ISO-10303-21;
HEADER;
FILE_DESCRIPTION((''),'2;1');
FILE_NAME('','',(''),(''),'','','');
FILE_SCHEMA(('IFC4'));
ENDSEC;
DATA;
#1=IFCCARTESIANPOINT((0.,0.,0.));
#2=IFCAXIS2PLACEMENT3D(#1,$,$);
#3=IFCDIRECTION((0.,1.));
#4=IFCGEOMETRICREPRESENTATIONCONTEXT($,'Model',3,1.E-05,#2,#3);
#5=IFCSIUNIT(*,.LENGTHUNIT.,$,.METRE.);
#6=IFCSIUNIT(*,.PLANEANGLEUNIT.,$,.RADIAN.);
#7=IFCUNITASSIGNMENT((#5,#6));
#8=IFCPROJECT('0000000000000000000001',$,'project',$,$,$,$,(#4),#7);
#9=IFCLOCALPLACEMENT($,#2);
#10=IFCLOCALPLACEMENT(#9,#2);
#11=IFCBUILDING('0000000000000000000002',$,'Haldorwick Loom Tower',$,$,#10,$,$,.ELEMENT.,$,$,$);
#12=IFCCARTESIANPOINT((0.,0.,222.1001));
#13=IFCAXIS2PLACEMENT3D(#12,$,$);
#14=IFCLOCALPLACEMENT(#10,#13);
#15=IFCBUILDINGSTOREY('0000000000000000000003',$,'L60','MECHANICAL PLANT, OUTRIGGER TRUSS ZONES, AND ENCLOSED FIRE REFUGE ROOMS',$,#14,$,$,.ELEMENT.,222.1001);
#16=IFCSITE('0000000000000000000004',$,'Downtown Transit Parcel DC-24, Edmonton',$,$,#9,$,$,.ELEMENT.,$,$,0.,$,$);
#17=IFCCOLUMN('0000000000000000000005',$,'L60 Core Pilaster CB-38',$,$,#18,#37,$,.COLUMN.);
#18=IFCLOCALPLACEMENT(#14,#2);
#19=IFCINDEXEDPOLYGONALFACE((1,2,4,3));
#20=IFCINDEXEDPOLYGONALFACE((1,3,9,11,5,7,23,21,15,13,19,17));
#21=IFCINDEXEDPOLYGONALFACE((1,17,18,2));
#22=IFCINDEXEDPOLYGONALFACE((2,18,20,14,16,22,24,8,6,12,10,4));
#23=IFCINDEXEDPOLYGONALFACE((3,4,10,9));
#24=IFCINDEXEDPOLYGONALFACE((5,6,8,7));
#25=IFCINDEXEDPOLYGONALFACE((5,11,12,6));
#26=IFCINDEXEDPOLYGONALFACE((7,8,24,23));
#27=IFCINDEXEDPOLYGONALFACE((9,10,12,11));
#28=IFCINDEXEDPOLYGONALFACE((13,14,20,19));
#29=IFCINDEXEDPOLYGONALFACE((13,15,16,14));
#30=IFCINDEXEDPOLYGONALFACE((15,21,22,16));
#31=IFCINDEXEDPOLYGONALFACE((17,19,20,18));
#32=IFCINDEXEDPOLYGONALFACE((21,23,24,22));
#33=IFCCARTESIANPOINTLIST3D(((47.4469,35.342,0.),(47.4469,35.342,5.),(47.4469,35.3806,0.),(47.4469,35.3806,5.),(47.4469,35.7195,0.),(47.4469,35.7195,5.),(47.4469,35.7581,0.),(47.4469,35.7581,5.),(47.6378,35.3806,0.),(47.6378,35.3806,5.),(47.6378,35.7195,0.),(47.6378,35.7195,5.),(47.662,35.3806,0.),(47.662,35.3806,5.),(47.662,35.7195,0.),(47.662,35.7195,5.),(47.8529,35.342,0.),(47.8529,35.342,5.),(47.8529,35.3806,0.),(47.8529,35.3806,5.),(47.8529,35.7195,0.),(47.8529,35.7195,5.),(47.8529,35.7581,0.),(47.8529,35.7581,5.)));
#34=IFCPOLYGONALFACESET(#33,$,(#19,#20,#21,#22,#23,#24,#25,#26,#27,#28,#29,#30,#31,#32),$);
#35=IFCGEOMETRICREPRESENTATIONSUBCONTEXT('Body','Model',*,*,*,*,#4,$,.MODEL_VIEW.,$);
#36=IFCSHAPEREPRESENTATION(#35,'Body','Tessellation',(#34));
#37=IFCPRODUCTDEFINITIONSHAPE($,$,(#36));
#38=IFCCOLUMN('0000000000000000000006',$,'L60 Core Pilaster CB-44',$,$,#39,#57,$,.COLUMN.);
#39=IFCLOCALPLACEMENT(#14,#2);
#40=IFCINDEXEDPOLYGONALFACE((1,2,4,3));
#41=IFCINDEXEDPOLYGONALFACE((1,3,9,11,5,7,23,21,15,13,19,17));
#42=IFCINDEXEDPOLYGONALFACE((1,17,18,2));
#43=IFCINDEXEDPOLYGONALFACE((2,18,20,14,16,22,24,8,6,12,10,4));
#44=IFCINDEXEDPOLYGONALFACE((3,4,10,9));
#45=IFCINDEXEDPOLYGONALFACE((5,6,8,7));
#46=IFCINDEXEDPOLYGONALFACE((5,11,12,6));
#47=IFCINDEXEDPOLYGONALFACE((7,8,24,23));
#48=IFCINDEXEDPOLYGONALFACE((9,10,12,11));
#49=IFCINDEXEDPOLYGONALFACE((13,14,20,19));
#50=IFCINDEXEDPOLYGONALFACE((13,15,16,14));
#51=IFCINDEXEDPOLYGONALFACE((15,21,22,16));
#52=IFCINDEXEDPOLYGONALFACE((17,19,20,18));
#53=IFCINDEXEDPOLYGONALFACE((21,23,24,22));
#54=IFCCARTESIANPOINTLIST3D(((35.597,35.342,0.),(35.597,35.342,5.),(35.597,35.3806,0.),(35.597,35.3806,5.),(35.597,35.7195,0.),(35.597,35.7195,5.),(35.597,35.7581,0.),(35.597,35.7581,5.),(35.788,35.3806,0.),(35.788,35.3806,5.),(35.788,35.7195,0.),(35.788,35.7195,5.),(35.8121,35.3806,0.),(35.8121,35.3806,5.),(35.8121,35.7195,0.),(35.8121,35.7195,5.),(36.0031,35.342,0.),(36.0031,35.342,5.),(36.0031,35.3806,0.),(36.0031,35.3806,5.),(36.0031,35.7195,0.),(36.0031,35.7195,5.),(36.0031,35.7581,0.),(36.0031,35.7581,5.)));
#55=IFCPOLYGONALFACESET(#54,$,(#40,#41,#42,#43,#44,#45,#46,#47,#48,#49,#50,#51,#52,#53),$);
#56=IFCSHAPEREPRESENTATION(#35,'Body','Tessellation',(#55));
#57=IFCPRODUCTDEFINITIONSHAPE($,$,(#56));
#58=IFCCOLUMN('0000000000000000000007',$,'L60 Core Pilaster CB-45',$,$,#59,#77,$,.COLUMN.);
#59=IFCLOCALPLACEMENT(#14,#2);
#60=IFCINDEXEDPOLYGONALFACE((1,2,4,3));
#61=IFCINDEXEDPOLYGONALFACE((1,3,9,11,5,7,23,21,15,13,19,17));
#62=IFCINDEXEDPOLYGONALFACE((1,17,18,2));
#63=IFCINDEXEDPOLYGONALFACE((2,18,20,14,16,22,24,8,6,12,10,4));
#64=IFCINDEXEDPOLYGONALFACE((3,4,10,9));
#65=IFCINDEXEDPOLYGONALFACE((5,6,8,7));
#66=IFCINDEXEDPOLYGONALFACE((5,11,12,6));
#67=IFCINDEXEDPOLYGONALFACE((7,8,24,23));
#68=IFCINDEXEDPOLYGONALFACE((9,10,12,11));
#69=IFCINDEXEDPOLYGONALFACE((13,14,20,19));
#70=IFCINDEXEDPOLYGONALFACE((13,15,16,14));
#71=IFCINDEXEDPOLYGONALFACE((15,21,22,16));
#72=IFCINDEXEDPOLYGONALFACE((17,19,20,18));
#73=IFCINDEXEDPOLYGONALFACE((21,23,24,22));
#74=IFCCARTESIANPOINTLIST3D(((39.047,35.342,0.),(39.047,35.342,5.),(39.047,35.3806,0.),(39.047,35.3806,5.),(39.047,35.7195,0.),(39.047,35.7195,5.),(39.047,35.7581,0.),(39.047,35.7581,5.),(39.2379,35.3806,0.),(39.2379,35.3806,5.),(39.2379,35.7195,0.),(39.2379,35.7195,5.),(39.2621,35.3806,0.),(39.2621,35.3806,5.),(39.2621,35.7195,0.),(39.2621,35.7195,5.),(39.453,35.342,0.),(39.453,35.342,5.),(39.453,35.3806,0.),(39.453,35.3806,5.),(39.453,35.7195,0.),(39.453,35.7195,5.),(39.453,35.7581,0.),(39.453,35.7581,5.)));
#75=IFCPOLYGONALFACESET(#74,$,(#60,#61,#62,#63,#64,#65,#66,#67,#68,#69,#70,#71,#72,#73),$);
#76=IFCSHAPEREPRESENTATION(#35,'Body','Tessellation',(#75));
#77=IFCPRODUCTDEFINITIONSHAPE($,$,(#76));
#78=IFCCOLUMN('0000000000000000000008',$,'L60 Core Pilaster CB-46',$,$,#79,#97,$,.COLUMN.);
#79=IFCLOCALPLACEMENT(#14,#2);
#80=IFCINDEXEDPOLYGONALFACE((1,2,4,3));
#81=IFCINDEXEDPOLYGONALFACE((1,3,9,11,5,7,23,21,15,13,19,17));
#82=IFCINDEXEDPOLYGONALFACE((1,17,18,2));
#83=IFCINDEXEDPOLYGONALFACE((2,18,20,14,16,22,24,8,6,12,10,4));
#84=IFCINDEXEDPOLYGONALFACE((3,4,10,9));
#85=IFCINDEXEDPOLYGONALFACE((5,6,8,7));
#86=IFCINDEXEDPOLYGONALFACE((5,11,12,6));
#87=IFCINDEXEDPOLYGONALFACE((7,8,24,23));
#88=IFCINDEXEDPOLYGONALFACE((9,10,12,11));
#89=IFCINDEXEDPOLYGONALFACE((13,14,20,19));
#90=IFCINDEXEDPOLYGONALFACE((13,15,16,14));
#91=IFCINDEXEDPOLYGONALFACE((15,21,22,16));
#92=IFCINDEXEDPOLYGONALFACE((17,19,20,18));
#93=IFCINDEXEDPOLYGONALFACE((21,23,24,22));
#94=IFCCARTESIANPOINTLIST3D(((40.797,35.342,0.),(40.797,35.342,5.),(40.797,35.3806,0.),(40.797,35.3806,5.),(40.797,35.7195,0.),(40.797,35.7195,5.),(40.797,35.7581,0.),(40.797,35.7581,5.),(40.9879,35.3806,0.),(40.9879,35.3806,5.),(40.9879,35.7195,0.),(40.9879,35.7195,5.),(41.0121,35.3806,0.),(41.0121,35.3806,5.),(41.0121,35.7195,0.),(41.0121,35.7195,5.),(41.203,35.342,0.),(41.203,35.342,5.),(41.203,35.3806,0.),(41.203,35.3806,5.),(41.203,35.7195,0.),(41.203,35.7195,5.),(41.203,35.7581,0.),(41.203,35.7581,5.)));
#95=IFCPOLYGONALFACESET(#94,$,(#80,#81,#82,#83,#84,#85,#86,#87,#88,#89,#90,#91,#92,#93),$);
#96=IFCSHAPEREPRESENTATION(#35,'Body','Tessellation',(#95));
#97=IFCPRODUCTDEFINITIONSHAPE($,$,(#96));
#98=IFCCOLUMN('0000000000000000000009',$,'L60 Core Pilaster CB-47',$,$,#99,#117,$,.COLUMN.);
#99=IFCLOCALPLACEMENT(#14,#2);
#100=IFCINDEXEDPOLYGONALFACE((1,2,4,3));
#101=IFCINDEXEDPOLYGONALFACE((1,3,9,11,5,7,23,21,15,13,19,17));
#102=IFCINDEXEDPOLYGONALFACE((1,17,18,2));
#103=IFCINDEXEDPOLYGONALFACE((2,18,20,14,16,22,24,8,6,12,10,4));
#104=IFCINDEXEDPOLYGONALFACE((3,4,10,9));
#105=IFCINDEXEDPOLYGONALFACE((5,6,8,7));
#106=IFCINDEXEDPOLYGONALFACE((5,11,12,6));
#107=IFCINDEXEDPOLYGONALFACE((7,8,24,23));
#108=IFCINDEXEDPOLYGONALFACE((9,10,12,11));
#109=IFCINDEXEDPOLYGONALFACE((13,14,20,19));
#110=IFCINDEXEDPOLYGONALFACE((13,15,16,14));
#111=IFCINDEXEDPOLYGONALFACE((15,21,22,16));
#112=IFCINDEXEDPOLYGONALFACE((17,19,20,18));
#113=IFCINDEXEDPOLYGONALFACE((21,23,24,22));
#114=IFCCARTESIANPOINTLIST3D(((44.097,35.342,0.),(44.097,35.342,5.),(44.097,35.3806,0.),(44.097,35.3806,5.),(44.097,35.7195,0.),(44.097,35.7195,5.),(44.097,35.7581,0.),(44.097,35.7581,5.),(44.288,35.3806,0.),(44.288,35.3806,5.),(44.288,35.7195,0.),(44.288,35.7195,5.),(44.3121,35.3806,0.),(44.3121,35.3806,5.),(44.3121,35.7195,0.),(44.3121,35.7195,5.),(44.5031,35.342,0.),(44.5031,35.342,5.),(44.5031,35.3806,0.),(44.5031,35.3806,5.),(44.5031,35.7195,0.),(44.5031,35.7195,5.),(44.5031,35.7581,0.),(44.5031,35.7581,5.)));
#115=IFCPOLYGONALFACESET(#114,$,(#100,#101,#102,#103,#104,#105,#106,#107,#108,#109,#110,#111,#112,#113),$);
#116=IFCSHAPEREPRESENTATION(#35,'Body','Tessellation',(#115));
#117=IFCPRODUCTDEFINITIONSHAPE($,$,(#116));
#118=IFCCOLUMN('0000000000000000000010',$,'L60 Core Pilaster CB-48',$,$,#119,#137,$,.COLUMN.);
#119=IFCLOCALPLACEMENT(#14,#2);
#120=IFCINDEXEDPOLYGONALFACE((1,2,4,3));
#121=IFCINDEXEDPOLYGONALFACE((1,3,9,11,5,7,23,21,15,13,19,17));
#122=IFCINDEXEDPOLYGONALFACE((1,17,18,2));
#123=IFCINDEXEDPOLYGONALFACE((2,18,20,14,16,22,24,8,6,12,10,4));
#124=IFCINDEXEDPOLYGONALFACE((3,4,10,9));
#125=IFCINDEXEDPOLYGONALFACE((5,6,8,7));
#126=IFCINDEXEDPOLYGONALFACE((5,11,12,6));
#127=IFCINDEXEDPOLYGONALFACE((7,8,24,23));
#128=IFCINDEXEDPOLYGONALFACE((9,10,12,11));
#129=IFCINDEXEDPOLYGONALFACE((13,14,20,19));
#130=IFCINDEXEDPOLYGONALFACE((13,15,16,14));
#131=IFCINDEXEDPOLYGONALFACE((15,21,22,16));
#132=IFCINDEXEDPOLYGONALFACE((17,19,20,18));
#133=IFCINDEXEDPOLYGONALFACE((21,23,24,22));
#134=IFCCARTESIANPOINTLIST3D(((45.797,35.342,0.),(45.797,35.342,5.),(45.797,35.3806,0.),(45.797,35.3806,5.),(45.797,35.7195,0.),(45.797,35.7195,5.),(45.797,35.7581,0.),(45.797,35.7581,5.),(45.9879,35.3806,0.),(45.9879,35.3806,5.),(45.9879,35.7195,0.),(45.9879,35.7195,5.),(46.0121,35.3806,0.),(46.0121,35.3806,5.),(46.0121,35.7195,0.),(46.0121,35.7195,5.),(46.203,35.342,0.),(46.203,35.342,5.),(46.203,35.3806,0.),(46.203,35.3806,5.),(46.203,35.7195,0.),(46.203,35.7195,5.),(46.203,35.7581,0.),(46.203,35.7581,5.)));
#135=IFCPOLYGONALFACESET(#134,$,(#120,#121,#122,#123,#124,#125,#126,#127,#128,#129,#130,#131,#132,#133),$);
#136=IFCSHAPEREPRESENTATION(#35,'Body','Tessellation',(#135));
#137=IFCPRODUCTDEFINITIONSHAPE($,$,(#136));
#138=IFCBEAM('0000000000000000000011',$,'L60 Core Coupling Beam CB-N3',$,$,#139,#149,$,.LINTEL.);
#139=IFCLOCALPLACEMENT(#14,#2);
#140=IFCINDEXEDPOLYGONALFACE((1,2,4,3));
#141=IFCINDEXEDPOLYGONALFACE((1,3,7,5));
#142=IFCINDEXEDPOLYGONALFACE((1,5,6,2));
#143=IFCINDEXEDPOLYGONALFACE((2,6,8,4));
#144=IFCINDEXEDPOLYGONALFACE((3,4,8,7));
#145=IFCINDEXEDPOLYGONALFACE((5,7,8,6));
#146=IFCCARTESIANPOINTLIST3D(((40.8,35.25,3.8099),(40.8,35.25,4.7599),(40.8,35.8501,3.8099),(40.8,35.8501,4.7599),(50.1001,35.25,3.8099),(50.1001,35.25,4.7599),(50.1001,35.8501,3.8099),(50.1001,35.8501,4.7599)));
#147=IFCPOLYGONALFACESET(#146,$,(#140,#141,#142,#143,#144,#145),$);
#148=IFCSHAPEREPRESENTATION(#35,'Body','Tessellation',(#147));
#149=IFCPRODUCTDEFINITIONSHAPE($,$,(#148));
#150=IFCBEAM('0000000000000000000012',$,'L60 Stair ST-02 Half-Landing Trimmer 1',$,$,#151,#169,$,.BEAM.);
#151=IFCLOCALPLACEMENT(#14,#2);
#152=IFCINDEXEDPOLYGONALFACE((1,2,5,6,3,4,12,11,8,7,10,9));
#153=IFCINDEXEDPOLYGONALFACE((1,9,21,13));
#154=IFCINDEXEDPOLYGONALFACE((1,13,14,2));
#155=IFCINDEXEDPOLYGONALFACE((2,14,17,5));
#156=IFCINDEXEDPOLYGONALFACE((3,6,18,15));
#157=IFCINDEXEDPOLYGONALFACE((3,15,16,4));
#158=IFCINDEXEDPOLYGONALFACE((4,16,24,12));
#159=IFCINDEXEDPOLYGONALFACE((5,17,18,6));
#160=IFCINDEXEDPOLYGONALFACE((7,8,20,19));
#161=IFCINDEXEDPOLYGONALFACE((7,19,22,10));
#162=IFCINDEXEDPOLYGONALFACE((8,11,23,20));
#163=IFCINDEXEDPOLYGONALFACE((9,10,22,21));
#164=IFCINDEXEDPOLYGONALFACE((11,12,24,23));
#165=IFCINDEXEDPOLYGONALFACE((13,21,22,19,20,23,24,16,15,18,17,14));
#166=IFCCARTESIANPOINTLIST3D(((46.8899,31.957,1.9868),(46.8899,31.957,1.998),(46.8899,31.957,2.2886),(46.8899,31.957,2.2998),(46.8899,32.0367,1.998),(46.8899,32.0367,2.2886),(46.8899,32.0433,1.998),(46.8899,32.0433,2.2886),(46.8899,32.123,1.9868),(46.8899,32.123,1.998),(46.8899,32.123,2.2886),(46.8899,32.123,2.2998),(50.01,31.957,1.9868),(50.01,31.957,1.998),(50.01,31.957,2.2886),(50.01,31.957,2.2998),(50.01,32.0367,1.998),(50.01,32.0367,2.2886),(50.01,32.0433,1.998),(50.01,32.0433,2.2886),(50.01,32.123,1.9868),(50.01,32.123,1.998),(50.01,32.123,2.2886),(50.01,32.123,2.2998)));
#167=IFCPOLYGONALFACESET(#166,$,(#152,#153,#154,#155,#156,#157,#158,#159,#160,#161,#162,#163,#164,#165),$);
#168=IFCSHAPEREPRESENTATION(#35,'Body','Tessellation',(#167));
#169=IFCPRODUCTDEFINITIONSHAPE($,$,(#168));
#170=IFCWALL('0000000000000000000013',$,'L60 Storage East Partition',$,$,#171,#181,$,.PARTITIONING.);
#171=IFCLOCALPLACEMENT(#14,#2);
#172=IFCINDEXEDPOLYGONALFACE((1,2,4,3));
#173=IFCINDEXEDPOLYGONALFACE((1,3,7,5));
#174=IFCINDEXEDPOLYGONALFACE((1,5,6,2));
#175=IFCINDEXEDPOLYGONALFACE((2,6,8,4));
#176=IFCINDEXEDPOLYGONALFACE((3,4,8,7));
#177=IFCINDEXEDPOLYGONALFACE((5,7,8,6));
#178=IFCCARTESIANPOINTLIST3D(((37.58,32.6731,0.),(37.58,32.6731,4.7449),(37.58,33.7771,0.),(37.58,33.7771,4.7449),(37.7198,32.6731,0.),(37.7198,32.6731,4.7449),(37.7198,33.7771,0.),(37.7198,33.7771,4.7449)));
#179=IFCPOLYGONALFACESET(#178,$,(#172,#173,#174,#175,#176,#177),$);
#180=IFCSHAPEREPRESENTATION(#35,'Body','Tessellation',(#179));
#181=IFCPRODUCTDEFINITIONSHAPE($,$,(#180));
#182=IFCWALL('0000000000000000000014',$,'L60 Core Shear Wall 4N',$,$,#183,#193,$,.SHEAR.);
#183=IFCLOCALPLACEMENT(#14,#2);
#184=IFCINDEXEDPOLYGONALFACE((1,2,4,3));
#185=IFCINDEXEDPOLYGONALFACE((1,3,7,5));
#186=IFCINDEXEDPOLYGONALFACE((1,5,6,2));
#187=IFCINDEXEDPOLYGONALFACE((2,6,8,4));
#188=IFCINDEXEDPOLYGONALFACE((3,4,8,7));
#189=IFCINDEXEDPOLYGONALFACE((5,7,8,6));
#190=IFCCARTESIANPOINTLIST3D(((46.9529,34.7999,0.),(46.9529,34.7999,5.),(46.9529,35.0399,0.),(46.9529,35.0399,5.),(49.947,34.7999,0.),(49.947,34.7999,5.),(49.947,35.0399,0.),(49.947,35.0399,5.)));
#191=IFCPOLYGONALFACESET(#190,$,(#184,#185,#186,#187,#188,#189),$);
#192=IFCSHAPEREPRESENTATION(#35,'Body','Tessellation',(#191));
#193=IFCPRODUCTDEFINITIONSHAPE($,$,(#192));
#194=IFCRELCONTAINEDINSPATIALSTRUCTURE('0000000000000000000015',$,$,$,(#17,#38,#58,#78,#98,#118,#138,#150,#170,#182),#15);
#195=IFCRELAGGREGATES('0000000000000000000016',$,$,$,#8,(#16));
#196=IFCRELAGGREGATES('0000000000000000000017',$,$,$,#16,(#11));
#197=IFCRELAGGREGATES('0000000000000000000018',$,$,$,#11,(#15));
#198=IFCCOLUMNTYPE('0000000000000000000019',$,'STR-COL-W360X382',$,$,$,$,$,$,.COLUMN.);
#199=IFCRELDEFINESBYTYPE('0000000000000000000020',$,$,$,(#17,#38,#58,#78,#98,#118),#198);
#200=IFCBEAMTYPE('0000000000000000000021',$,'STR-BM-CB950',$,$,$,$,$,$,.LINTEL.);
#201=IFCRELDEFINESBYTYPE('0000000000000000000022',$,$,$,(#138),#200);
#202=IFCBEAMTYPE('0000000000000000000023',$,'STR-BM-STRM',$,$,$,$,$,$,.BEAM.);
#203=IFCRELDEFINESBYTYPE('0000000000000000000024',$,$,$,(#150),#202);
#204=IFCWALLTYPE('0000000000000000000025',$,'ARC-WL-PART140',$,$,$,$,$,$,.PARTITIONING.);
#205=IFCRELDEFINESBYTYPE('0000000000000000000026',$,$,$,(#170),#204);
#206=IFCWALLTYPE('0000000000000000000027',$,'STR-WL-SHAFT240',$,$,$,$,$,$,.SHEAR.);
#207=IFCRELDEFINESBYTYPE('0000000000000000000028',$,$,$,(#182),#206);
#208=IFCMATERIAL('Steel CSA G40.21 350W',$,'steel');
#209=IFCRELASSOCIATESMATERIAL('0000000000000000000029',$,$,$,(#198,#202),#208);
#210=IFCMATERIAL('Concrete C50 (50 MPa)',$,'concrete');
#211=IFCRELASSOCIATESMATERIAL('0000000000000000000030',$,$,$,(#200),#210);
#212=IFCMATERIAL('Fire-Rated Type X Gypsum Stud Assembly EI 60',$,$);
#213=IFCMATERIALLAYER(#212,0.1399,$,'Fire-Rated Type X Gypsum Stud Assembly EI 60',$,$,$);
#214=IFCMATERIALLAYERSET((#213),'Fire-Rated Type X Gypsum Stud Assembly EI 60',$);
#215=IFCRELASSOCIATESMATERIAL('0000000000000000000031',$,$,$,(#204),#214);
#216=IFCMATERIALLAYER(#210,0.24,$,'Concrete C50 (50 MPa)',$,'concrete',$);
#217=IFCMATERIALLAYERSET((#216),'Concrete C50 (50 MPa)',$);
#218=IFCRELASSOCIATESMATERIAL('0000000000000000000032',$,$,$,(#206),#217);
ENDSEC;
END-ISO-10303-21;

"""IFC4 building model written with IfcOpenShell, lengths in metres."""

from ifc_helpers import new_model, si_unit, direction, frame, frame_2d, origin, origin_2d, place, context, subcontext, project, spatial, rectangle, i_section, extrude, material, layer, layer_set, material_profile, profile_set, type_object, element, save


model = new_model("IFC4")

# Units and contexts
model_context = context("Model", 3, precision=1e-05, world=origin(), true_north=direction((0.0, 1.0)))
body_context = subcontext(model_context, "Body", "Model", "MODEL_VIEW")
ifc_project = project(units=[si_unit("LENGTHUNIT", "METRE"), si_unit("PLANEANGLEUNIT", "RADIAN")], contexts=[model_context])

# Site, building, storey
site_placement = place(None, origin())
site = spatial("IfcSite", under=ifc_project, at=site_placement, Name="Downtown Transit Parcel DC-24, Edmonton", CompositionType="ELEMENT", RefElevation=0.0)
building_placement = place(site_placement, origin())
building = spatial("IfcBuilding", under=site, at=building_placement, Name="Haldorwick Loom Tower", CompositionType="ELEMENT")
storey_placement = place(building_placement, frame((0.0, 0.0, 222.1001)))
storey = spatial("IfcBuildingStorey", under=building, at=storey_placement, Name="L60", Description="MECHANICAL PLANT, OUTRIGGER TRUSS ZONES, AND ENCLOSED FIRE REFUGE ROOMS", CompositionType="ELEMENT", Elevation=222.1001)

# Columns
ifc_material_1 = material(Name="Steel CSA G40.21 350W", Category="steel")
ifc_material_profile_1 = material_profile(ifc_material_1, i_section(OverallWidth=0.406, OverallDepth=0.416, WebThickness=0.0242, FlangeThickness=0.0386, at=origin_2d()), Name="W360X382", Category="steel")
ifc_profile_set_1 = profile_set([ifc_material_profile_1], Name="Steel CSA G40.21 350W")
column_type = type_object("IfcColumnType", Name="STR-COL-W360X382", PredefinedType="COLUMN", material=ifc_profile_set_1)
for number, where, z_axis, x_axis, name in (
    (1, (47.6499, 35.55, 0.0), (0.0, 0.0, 1.0), (1.0, 0.0, 0.0), "L60 Core Pilaster CB-38"),
    (2, (35.8, 35.55, 0.0), (0.0, 0.0, 1.0), (1.0, 0.0, 0.0), "L60 Core Pilaster CB-44"),
    (3, (39.25, 35.55, 0.0), (0.0, 0.0, 1.0), (1.0, 0.0, 0.0), "L60 Core Pilaster CB-45"),
    (4, (41.0, 35.55, 0.0), (0.0, 0.0, 1.0), (1.0, 0.0, 0.0), "L60 Core Pilaster CB-46"),
    (5, (44.3, 35.55, 0.0), (0.0, 0.0, 1.0), (1.0, 0.0, 0.0), "L60 Core Pilaster CB-47"),
    (6, (46.0, 35.55, 0.0), (0.0, 0.0, 1.0), (1.0, 0.0, 0.0), "L60 Core Pilaster CB-48"),
):
    element("IfcColumn", number, at=place(storey_placement, frame(where, z_axis=z_axis, x_axis=x_axis)), inside=storey, type_object=column_type, Name=name, PredefinedType="COLUMN", context=body_context, shape_type="SweptSolid", body=[
        extrude(i_section(OverallWidth=0.406, OverallDepth=0.416, WebThickness=0.0242, FlangeThickness=0.0386, at=origin_2d()), origin(), (0.0, 0.0, 1.0), 5.0),
    ])

# Beams
ifc_material_2 = material(Name="Concrete C50 (50 MPa)", Category="concrete")
ifc_material_profile_2 = material_profile(ifc_material_2, rectangle(XDim=0.6001, YDim=0.95, at=origin_2d()), Name="RC600X950", Category="concrete")
ifc_profile_set_2 = profile_set([ifc_material_profile_2], Name="Concrete C50 (50 MPa)")
beam_type_1 = type_object("IfcBeamType", Name="STR-BM-CB950", PredefinedType="LINTEL", material=ifc_profile_set_2)
beam_1_placement = place(storey_placement, frame((40.8, 35.55, 4.2849), z_axis=(1.0, 0.0, 0.0), x_axis=(0.0, 1.0, 0.0)))
element("IfcBeam", 7, at=beam_1_placement, inside=storey, type_object=beam_type_1, Name="L60 Core Coupling Beam CB-N3", PredefinedType="LINTEL", context=body_context, shape_type="SweptSolid", body=[
    extrude(rectangle(XDim=0.6001, YDim=0.95, at=origin_2d()), origin(), (0.0, 0.0, 1.0), 9.3),
])
ifc_material_profile_3 = material_profile(ifc_material_1, i_section(OverallWidth=0.166, OverallDepth=0.313, WebThickness=0.0066, FlangeThickness=0.0112, at=origin_2d()), Name="W310X45", Category="steel")
ifc_profile_set_3 = profile_set([ifc_material_profile_3], Name="Steel CSA G40.21 350W")
beam_type_2 = type_object("IfcBeamType", Name="STR-BM-STRM", PredefinedType="BEAM", material=ifc_profile_set_3)
beam_2_placement = place(storey_placement, frame((46.8899, 32.04, 2.1433), z_axis=(1.0, 0.0, 0.0), x_axis=(0.0, 1.0, 0.0)))
element("IfcBeam", 8, at=beam_2_placement, inside=storey, type_object=beam_type_2, Name="L60 Stair ST-02 Half-Landing Trimmer 1", PredefinedType="BEAM", context=body_context, shape_type="SweptSolid", body=[
    extrude(i_section(OverallWidth=0.166, OverallDepth=0.313, WebThickness=0.0066, FlangeThickness=0.0112, at=origin_2d()), origin(), (0.0, 0.0, 1.0), 3.1201),
])

# Walls
ifc_material_3 = material(Name="Fire-Rated Type X Gypsum Stud Assembly EI 60")
ifc_layer_1 = layer(ifc_material_3, 0.1399, Name="Fire-Rated Type X Gypsum Stud Assembly EI 60")
ifc_layer_set_1 = layer_set([ifc_layer_1], Name="Fire-Rated Type X Gypsum Stud Assembly EI 60")
wall_type_1 = type_object("IfcWallType", Name="ARC-WL-PART140", PredefinedType="PARTITIONING", material=ifc_layer_set_1)
wall_1_placement = place(storey_placement, frame((37.6499, 32.6731, 0.0), z_axis=(0.0, 0.0, 1.0), x_axis=(0.0, 1.0, 0.0)))
element("IfcWall", 9, at=wall_1_placement, inside=storey, type_object=wall_type_1, Name="L60 Storage East Partition", PredefinedType="PARTITIONING", context=body_context, shape_type="SweptSolid", body=[
    extrude(rectangle(XDim=1.104, YDim=0.1399, at=frame_2d((0.552, 0.0))), origin(), (0.0, 0.0, 1.0), 4.7449),
])
ifc_layer_2 = layer(ifc_material_2, 0.24, Name="Concrete C50 (50 MPa)", Category="concrete")
ifc_layer_set_2 = layer_set([ifc_layer_2], Name="Concrete C50 (50 MPa)")
wall_type_2 = type_object("IfcWallType", Name="STR-WL-SHAFT240", PredefinedType="SHEAR", material=ifc_layer_set_2)
wall_2_placement = place(storey_placement, frame((46.9529, 34.9199, 0.0), z_axis=(0.0, 0.0, 1.0), x_axis=(1.0, 0.0, 0.0)))
element("IfcWall", 10, at=wall_2_placement, inside=storey, type_object=wall_type_2, Name="L60 Core Shear Wall 4N", PredefinedType="SHEAR", context=body_context, shape_type="SweptSolid", body=[
    extrude(rectangle(XDim=2.9941, YDim=0.24, at=frame_2d((1.4971, 0.0))), origin(), (0.0, 0.0, 1.0), 5.0),
])

save(model, "model.ifc")
